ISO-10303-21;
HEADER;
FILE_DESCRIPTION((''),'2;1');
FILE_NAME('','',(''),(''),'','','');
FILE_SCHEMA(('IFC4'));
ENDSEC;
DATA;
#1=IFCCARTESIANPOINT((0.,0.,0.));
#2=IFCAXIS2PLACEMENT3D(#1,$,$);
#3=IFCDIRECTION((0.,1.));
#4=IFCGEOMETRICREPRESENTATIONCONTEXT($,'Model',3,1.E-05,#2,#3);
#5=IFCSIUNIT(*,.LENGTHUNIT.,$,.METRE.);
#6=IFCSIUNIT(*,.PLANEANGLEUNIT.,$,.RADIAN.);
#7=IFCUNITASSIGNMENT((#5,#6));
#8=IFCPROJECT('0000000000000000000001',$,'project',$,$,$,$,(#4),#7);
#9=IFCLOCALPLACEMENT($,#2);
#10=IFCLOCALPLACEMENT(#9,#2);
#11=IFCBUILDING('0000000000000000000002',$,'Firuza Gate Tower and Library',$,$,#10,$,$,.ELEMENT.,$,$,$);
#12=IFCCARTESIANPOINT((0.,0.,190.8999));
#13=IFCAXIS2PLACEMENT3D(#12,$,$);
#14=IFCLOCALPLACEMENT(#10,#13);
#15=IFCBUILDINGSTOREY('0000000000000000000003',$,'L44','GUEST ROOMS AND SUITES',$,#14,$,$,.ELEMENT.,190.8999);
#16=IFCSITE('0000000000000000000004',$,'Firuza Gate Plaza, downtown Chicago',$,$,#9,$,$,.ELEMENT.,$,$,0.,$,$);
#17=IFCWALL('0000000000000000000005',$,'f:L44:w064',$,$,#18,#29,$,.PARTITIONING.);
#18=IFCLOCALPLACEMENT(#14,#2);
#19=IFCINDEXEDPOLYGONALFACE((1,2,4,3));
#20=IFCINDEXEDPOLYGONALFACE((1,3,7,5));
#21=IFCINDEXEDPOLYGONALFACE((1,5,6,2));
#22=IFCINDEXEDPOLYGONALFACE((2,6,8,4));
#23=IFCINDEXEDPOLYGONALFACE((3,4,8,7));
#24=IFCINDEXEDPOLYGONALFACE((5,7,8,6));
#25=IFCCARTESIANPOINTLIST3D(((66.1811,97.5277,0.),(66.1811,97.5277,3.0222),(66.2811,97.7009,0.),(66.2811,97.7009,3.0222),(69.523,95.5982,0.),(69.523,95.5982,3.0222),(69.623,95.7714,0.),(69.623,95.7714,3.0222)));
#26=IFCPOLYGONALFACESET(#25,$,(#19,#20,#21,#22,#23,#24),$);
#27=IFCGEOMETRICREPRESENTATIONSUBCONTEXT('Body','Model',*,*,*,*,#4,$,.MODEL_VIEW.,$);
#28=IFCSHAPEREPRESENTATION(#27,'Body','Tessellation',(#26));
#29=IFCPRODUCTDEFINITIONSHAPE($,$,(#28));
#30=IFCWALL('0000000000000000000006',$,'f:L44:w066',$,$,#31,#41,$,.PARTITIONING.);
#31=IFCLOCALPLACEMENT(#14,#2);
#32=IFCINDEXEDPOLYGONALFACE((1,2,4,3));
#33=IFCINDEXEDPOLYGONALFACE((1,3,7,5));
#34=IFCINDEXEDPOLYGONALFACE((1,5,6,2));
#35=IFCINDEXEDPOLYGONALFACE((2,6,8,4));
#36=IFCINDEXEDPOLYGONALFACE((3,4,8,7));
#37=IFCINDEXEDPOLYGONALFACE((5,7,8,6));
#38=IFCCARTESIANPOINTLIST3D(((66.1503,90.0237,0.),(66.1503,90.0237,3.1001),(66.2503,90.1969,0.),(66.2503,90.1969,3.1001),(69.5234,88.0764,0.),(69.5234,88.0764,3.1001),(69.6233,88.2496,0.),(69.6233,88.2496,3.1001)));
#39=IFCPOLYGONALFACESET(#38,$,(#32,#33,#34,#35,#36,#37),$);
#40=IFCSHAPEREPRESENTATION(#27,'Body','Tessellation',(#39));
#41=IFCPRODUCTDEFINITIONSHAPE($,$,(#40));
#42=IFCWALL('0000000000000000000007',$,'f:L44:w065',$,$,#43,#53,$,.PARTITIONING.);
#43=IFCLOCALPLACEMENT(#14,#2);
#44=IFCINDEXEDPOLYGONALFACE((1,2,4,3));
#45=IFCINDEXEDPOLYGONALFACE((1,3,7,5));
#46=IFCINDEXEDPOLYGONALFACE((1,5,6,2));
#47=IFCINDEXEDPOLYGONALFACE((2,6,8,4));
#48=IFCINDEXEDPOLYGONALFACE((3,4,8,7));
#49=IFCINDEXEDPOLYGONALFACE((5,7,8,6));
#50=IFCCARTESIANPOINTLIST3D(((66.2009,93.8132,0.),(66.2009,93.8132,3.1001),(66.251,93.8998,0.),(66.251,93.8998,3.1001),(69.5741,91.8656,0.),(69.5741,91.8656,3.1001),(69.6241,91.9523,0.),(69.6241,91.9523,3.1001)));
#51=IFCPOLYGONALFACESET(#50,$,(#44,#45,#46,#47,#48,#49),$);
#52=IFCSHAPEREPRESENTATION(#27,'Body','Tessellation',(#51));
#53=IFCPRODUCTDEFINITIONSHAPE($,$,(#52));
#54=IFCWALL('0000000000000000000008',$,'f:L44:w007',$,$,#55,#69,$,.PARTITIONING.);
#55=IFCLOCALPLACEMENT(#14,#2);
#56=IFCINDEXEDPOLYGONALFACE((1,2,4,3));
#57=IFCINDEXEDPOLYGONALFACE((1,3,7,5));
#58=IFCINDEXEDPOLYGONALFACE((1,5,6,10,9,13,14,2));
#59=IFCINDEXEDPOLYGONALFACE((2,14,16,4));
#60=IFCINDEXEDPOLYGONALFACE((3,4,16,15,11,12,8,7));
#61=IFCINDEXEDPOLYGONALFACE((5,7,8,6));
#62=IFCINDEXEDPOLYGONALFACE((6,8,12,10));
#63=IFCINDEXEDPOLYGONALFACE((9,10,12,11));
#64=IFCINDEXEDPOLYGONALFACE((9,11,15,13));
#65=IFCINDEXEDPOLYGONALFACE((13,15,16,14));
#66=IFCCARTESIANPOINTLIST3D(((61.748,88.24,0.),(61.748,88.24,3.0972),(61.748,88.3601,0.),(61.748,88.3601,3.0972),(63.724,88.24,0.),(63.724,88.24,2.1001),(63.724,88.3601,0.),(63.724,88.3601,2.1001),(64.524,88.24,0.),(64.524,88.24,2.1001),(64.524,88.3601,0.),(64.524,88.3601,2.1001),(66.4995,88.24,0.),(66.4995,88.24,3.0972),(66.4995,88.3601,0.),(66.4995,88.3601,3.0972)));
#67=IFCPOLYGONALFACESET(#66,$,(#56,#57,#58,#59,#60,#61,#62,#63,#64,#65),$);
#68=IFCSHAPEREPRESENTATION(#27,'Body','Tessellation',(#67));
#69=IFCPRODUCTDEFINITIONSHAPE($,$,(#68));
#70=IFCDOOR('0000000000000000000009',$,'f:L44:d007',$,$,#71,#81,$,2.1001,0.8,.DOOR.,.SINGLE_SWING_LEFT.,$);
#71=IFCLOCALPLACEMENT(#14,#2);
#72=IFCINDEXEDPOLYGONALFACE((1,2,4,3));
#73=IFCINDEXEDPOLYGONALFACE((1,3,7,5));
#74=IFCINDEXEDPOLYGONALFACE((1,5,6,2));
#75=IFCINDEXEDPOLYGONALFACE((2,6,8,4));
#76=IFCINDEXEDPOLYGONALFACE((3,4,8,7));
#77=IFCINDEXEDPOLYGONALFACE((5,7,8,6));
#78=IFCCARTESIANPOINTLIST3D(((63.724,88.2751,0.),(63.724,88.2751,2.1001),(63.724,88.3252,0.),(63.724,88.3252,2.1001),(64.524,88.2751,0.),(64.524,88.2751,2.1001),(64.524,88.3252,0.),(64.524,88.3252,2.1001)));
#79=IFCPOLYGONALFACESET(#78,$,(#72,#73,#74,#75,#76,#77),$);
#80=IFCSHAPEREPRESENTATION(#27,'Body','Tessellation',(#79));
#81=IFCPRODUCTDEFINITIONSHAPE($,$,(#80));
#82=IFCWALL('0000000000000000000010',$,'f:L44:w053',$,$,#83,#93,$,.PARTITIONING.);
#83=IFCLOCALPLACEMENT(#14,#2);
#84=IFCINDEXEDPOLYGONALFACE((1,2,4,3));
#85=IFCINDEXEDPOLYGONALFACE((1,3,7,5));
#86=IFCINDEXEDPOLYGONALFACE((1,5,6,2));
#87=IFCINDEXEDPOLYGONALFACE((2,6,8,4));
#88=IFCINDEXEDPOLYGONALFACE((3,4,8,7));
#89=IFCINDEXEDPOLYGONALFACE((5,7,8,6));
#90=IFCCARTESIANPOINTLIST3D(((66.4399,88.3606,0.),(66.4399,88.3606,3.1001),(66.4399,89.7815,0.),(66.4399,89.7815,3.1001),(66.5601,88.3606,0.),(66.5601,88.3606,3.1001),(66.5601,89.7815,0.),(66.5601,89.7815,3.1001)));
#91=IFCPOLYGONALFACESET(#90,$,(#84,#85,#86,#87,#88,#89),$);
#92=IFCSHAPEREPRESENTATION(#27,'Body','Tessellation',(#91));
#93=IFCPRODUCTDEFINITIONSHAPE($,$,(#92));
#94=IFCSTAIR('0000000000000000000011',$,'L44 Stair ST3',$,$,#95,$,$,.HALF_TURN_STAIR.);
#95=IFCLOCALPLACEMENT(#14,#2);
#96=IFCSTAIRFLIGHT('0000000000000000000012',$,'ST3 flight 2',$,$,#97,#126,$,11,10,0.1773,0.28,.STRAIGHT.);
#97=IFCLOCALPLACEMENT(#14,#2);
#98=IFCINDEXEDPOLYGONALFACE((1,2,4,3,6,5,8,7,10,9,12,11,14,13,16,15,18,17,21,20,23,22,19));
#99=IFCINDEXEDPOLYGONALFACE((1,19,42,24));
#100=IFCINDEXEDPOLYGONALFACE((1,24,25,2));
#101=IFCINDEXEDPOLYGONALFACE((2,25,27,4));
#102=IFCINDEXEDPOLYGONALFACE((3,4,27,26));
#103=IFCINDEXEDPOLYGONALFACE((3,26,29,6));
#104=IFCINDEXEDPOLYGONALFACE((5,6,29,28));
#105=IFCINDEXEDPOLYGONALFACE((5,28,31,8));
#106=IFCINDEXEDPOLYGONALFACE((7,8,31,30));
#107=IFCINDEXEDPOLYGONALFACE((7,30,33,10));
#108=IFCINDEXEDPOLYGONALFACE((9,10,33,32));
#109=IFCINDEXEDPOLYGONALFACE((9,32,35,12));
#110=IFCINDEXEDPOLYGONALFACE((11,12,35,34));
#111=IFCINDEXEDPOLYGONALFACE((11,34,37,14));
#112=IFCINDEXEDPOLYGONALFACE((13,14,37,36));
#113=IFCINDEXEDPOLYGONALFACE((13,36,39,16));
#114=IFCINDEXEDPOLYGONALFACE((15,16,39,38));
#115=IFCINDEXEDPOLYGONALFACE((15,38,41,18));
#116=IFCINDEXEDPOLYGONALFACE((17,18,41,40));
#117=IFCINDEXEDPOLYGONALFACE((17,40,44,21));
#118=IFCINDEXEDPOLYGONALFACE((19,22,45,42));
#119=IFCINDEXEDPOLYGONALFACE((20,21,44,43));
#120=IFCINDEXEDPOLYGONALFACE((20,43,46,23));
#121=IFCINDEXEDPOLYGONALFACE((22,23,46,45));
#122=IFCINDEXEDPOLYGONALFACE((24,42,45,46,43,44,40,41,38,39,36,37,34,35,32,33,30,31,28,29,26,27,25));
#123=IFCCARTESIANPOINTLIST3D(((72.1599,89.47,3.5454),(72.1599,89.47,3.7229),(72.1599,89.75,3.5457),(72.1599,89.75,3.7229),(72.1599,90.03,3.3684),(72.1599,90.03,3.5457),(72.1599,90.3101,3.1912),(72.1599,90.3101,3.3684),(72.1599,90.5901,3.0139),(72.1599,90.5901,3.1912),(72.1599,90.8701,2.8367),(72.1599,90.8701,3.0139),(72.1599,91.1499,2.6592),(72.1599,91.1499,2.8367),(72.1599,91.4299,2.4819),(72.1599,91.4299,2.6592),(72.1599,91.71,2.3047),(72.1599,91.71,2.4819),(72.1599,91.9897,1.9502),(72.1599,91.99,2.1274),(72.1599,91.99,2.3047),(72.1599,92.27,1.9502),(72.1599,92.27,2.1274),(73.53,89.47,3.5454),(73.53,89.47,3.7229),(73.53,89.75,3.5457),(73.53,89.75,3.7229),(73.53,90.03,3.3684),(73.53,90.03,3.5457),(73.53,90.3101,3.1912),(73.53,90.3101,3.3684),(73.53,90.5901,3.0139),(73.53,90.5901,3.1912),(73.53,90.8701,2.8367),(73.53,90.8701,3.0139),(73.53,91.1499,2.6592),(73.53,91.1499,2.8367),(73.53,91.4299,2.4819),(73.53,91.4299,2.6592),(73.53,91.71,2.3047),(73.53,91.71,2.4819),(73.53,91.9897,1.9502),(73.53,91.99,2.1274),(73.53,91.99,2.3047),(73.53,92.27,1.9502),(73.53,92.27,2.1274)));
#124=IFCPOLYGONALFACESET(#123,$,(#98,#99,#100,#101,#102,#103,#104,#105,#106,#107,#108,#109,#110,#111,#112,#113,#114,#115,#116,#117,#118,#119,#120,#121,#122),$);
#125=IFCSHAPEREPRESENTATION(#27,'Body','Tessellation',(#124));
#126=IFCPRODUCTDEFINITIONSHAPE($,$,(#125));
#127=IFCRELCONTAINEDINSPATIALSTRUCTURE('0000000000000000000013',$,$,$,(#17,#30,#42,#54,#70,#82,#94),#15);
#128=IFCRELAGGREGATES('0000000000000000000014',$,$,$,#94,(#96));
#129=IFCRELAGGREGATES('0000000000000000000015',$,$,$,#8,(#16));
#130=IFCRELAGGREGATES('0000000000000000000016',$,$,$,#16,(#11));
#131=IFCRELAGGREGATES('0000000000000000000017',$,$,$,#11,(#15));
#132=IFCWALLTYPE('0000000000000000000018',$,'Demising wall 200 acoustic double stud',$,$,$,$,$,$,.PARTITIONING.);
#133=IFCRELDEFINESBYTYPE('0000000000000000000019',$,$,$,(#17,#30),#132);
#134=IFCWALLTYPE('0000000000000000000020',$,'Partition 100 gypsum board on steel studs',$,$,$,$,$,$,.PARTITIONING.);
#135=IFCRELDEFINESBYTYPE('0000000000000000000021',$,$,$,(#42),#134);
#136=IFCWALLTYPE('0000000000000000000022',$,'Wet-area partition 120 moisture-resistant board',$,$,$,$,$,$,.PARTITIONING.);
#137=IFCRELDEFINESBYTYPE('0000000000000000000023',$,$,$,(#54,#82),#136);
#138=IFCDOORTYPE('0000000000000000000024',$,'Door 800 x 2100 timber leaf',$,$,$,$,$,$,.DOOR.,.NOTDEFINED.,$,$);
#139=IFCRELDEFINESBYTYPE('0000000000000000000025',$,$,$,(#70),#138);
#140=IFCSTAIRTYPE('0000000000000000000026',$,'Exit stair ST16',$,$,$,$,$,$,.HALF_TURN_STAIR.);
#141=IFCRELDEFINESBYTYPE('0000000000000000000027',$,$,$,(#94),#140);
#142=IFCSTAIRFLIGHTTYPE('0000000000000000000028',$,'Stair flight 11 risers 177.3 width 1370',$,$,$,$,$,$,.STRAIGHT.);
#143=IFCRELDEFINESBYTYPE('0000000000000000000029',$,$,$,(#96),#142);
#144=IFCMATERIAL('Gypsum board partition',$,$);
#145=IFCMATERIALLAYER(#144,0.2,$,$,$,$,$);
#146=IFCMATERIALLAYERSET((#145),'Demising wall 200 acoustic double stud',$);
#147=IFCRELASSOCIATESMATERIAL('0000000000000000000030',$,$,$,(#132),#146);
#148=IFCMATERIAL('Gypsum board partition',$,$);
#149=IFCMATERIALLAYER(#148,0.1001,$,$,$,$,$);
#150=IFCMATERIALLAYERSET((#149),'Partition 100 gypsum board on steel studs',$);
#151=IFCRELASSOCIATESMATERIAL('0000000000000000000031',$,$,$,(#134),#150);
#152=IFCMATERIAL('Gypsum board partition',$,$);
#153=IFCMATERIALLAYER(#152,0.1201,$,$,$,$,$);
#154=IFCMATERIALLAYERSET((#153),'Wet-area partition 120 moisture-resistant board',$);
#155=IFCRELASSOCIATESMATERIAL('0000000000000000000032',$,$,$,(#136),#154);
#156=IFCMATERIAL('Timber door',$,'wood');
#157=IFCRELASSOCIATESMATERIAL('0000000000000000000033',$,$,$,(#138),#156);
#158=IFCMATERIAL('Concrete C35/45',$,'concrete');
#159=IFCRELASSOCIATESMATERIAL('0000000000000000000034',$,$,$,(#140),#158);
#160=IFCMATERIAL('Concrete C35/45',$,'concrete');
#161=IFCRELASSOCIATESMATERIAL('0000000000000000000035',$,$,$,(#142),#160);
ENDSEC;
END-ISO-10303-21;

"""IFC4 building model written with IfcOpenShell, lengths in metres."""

from ifc_helpers import new_model, si_unit, direction, frame, frame_2d, origin, place, context, subcontext, project, spatial, polyline, rectangle, outline, extrude, material, layer, layer_set, type_object, element, fill, aggregate, save


model = new_model("IFC4")

# Units and contexts
model_context = context("Model", 3, precision=1e-05, world=origin(), true_north=direction((0.0, 1.0)))
body_context = subcontext(model_context, "Body", "Model", "MODEL_VIEW")
ifc_project = project(units=[si_unit("LENGTHUNIT", "METRE"), si_unit("PLANEANGLEUNIT", "RADIAN")], contexts=[model_context])

# Site, building, storey
site_placement = place(None, origin())
site = spatial("IfcSite", under=ifc_project, at=site_placement, Name="Firuza Gate Plaza, downtown Chicago", CompositionType="ELEMENT", RefElevation=0.0)
building_placement = place(site_placement, origin())
building = spatial("IfcBuilding", under=site, at=building_placement, Name="Firuza Gate Tower and Library", CompositionType="ELEMENT")
storey_placement = place(building_placement, frame((0.0, 0.0, 190.8999)))
storey = spatial("IfcBuildingStorey", under=building, at=storey_placement, Name="L44", Description="GUEST ROOMS AND SUITES", CompositionType="ELEMENT", Elevation=190.8999)

# Shared definitions
placement = place(storey_placement, origin())

# Walls
ifc_material_1 = material(Name="Gypsum board partition")
ifc_layer_1 = layer(ifc_material_1, 0.2)
ifc_layer_set_1 = layer_set([ifc_layer_1], Name="Demising wall 200 acoustic double stud")
wall_type_1 = type_object("IfcWallType", Name="Demising wall 200 acoustic double stud", PredefinedType="PARTITIONING", material=ifc_layer_set_1)
wall_1_placement = place(storey_placement, frame((69.573, 95.6848, 0.0), z_axis=(0.0, 0.0, 1.0), x_axis=(-0.866019, 0.500011, 0.0)))
element("IfcWall", 1, at=wall_1_placement, inside=storey, type_object=wall_type_1, Name="f:L44:w064", PredefinedType="PARTITIONING", context=body_context, shape_type="SweptSolid", body=[
    extrude(rectangle(XDim=3.8589, YDim=0.2, at=frame_2d((1.9294, 0.0))), origin(), (0.0, 0.0, 1.0), 3.0222),
])
wall_2_placement = place(storey_placement, frame((69.5732, 88.1631, 0.0), z_axis=(0.0, 0.0, 1.0), x_axis=(-0.866044, 0.499968, 0.0)))
element("IfcWall", 2, at=wall_2_placement, inside=storey, type_object=wall_type_1, Name="f:L44:w066", PredefinedType="PARTITIONING", context=body_context, shape_type="SweptSolid", body=[
    extrude(rectangle(XDim=3.8948, YDim=0.2, at=frame_2d((1.9473, 0.0))), origin(), (0.0, 0.0, 1.0), 3.1001),
])
ifc_material_2 = material(Name="Gypsum board partition")
ifc_layer_2 = layer(ifc_material_2, 0.1001)
ifc_layer_set_2 = layer_set([ifc_layer_2], Name="Partition 100 gypsum board on steel studs")
wall_type_2 = type_object("IfcWallType", Name="Partition 100 gypsum board on steel studs", PredefinedType="PARTITIONING", material=ifc_layer_set_2)
wall_3_placement = place(storey_placement, frame((69.5991, 91.9089, 0.0), z_axis=(0.0, 0.0, 1.0), x_axis=(-0.866016, 0.500015, 0.0)))
element("IfcWall", 3, at=wall_3_placement, inside=storey, type_object=wall_type_2, Name="f:L44:w065", PredefinedType="PARTITIONING", context=body_context, shape_type="SweptSolid", body=[
    extrude(rectangle(XDim=3.895, YDim=0.1001, at=frame_2d((1.9475, 0.0))), origin(), (0.0, 0.0, 1.0), 3.1001),
])

# Wall, opening, door
ifc_material_3 = material(Name="Gypsum board partition")
ifc_layer_3 = layer(ifc_material_3, 0.1201)
ifc_layer_set_3 = layer_set([ifc_layer_3], Name="Wet-area partition 120 moisture-resistant board")
wall_type_3 = type_object("IfcWallType", Name="Wet-area partition 120 moisture-resistant board", PredefinedType="PARTITIONING", material=ifc_layer_set_3)
wall_4_placement = place(storey_placement, frame((66.4995, 88.3, 0.0), z_axis=(0.0, 0.0, 1.0), x_axis=(-1.0, 0.0, 0.0)))
wall_4 = element("IfcWall", 4, at=wall_4_placement, inside=storey, type_object=wall_type_3, Name="f:L44:w007", PredefinedType="PARTITIONING", context=body_context, shape_type="SweptSolid", body=[
    extrude(rectangle(XDim=4.7515, YDim=0.1201, at=frame_2d((2.3757, 0.0))), origin(), (0.0, 0.0, 1.0), 3.0972),
])
opening_1_placement = place(wall_4_placement, frame((1.9756, 0.0, 0.0)))
opening_1 = element("IfcOpeningElement", 5, at=opening_1_placement, cuts=wall_4, PredefinedType="OPENING", context=body_context, shape_type="SweptSolid", body=[
    extrude(rectangle(XDim=0.8, YDim=2.1001, at=frame_2d((0.3999, 1.05))), frame((0.0, 0.0701, 0.0), z_axis=(0.0, -1.0, 0.0), x_axis=(1.0, 0.0, 0.0)), (0.0, 0.0, 1.0), 0.1401),
])
ifc_material_4 = material(Name="Timber door", Category="wood")
door_type_1 = type_object("IfcDoorType", Name="Door 800 x 2100 timber leaf", OperationType="NOTDEFINED", PredefinedType="DOOR", material=ifc_material_4)
door_1_placement = place(opening_1_placement, origin())
door_1 = element("IfcDoor", 6, at=door_1_placement, inside=storey, type_object=door_type_1, Name="f:L44:d007", OperationType="SINGLE_SWING_LEFT", OverallHeight=2.1001, OverallWidth=0.8, PredefinedType="DOOR", context=body_context, shape_type="SweptSolid", body=[
    extrude(rectangle(XDim=0.8, YDim=2.1001, at=frame_2d((0.3999, 1.05))), frame((0.0, 0.0249, 0.0), z_axis=(0.0, -1.0, 0.0), x_axis=(1.0, 0.0, 0.0)), (0.0, 0.0, 1.0), 0.05),
])
fill(opening_1, door_1)

# Wall
wall_5_placement = place(storey_placement, frame((66.5, 88.3606, 0.0), z_axis=(0.0, 0.0, 1.0), x_axis=(0.0, 1.0, 0.0)))
element("IfcWall", 7, at=wall_5_placement, inside=storey, type_object=wall_type_3, Name="f:L44:w053", PredefinedType="PARTITIONING", context=body_context, shape_type="SweptSolid", body=[
    extrude(rectangle(XDim=1.4209, YDim=0.1201, at=frame_2d((0.7104, 0.0))), origin(), (0.0, 0.0, 1.0), 3.1001),
])

# Stair, stair flight
ifc_material_5 = material(Name="Concrete C35/45", Category="concrete")
stair_type = type_object("IfcStairType", Name="Exit stair ST16", PredefinedType="HALF_TURN_STAIR", material=ifc_material_5)
stair = element("IfcStair", 8, at=placement, inside=storey, type_object=stair_type, Name="L44 Stair ST3", PredefinedType="HALF_TURN_STAIR")
ifc_material_6 = material(Name="Concrete C35/45", Category="concrete")
stair_flight_type = type_object("IfcStairFlightType", Name="Stair flight 11 risers 177.3 width 1370", PredefinedType="STRAIGHT", material=ifc_material_6)
stair_flight_placement = place(storey_placement, frame((72.845, 92.27, 1.9502), z_axis=(0.0, 0.0, 1.0), x_axis=(0.0, -1.0, 0.0)))
stair_flight = element("IfcStairFlight", 9, at=stair_flight_placement, type_object=stair_flight_type, Name="ST3 flight 2", NumberOfRisers=11, NumberOfTreads=10, PredefinedType="STRAIGHT", RiserHeight=0.1773, TreadLength=0.28, context=body_context, shape_type="SweptSolid", body=[
    extrude(outline(polyline([(0.0, 0.0), (0.0, 0.1772), (0.28, 0.1772), (0.28, 0.3545), (0.5601, 0.3545), (0.5601, 0.5317), (0.8401, 0.5317), (0.8401, 0.709), (1.1201, 0.709), (1.1201, 0.8865), (1.3999, 0.8865), (1.3999, 1.0637), (1.6799, 1.0637), (1.6799, 1.241), (1.96, 1.241), (1.96, 1.4182), (2.24, 1.4182), (2.24, 1.5955), (2.52, 1.5955), (2.52, 1.7727), (2.8, 1.7727), (2.8, 1.95), (2.8, 1.5952), (0.2803, 0.0), (0.0, 0.0)])), frame((0.0, 0.6851, 0.0), z_axis=(0.0, -1.0, 0.0), x_axis=(1.0, 0.0, 0.0)), (0.0, 0.0, 1.0), 1.3701),
])
aggregate(stair, [stair_flight])

save(model, "model.ifc")
